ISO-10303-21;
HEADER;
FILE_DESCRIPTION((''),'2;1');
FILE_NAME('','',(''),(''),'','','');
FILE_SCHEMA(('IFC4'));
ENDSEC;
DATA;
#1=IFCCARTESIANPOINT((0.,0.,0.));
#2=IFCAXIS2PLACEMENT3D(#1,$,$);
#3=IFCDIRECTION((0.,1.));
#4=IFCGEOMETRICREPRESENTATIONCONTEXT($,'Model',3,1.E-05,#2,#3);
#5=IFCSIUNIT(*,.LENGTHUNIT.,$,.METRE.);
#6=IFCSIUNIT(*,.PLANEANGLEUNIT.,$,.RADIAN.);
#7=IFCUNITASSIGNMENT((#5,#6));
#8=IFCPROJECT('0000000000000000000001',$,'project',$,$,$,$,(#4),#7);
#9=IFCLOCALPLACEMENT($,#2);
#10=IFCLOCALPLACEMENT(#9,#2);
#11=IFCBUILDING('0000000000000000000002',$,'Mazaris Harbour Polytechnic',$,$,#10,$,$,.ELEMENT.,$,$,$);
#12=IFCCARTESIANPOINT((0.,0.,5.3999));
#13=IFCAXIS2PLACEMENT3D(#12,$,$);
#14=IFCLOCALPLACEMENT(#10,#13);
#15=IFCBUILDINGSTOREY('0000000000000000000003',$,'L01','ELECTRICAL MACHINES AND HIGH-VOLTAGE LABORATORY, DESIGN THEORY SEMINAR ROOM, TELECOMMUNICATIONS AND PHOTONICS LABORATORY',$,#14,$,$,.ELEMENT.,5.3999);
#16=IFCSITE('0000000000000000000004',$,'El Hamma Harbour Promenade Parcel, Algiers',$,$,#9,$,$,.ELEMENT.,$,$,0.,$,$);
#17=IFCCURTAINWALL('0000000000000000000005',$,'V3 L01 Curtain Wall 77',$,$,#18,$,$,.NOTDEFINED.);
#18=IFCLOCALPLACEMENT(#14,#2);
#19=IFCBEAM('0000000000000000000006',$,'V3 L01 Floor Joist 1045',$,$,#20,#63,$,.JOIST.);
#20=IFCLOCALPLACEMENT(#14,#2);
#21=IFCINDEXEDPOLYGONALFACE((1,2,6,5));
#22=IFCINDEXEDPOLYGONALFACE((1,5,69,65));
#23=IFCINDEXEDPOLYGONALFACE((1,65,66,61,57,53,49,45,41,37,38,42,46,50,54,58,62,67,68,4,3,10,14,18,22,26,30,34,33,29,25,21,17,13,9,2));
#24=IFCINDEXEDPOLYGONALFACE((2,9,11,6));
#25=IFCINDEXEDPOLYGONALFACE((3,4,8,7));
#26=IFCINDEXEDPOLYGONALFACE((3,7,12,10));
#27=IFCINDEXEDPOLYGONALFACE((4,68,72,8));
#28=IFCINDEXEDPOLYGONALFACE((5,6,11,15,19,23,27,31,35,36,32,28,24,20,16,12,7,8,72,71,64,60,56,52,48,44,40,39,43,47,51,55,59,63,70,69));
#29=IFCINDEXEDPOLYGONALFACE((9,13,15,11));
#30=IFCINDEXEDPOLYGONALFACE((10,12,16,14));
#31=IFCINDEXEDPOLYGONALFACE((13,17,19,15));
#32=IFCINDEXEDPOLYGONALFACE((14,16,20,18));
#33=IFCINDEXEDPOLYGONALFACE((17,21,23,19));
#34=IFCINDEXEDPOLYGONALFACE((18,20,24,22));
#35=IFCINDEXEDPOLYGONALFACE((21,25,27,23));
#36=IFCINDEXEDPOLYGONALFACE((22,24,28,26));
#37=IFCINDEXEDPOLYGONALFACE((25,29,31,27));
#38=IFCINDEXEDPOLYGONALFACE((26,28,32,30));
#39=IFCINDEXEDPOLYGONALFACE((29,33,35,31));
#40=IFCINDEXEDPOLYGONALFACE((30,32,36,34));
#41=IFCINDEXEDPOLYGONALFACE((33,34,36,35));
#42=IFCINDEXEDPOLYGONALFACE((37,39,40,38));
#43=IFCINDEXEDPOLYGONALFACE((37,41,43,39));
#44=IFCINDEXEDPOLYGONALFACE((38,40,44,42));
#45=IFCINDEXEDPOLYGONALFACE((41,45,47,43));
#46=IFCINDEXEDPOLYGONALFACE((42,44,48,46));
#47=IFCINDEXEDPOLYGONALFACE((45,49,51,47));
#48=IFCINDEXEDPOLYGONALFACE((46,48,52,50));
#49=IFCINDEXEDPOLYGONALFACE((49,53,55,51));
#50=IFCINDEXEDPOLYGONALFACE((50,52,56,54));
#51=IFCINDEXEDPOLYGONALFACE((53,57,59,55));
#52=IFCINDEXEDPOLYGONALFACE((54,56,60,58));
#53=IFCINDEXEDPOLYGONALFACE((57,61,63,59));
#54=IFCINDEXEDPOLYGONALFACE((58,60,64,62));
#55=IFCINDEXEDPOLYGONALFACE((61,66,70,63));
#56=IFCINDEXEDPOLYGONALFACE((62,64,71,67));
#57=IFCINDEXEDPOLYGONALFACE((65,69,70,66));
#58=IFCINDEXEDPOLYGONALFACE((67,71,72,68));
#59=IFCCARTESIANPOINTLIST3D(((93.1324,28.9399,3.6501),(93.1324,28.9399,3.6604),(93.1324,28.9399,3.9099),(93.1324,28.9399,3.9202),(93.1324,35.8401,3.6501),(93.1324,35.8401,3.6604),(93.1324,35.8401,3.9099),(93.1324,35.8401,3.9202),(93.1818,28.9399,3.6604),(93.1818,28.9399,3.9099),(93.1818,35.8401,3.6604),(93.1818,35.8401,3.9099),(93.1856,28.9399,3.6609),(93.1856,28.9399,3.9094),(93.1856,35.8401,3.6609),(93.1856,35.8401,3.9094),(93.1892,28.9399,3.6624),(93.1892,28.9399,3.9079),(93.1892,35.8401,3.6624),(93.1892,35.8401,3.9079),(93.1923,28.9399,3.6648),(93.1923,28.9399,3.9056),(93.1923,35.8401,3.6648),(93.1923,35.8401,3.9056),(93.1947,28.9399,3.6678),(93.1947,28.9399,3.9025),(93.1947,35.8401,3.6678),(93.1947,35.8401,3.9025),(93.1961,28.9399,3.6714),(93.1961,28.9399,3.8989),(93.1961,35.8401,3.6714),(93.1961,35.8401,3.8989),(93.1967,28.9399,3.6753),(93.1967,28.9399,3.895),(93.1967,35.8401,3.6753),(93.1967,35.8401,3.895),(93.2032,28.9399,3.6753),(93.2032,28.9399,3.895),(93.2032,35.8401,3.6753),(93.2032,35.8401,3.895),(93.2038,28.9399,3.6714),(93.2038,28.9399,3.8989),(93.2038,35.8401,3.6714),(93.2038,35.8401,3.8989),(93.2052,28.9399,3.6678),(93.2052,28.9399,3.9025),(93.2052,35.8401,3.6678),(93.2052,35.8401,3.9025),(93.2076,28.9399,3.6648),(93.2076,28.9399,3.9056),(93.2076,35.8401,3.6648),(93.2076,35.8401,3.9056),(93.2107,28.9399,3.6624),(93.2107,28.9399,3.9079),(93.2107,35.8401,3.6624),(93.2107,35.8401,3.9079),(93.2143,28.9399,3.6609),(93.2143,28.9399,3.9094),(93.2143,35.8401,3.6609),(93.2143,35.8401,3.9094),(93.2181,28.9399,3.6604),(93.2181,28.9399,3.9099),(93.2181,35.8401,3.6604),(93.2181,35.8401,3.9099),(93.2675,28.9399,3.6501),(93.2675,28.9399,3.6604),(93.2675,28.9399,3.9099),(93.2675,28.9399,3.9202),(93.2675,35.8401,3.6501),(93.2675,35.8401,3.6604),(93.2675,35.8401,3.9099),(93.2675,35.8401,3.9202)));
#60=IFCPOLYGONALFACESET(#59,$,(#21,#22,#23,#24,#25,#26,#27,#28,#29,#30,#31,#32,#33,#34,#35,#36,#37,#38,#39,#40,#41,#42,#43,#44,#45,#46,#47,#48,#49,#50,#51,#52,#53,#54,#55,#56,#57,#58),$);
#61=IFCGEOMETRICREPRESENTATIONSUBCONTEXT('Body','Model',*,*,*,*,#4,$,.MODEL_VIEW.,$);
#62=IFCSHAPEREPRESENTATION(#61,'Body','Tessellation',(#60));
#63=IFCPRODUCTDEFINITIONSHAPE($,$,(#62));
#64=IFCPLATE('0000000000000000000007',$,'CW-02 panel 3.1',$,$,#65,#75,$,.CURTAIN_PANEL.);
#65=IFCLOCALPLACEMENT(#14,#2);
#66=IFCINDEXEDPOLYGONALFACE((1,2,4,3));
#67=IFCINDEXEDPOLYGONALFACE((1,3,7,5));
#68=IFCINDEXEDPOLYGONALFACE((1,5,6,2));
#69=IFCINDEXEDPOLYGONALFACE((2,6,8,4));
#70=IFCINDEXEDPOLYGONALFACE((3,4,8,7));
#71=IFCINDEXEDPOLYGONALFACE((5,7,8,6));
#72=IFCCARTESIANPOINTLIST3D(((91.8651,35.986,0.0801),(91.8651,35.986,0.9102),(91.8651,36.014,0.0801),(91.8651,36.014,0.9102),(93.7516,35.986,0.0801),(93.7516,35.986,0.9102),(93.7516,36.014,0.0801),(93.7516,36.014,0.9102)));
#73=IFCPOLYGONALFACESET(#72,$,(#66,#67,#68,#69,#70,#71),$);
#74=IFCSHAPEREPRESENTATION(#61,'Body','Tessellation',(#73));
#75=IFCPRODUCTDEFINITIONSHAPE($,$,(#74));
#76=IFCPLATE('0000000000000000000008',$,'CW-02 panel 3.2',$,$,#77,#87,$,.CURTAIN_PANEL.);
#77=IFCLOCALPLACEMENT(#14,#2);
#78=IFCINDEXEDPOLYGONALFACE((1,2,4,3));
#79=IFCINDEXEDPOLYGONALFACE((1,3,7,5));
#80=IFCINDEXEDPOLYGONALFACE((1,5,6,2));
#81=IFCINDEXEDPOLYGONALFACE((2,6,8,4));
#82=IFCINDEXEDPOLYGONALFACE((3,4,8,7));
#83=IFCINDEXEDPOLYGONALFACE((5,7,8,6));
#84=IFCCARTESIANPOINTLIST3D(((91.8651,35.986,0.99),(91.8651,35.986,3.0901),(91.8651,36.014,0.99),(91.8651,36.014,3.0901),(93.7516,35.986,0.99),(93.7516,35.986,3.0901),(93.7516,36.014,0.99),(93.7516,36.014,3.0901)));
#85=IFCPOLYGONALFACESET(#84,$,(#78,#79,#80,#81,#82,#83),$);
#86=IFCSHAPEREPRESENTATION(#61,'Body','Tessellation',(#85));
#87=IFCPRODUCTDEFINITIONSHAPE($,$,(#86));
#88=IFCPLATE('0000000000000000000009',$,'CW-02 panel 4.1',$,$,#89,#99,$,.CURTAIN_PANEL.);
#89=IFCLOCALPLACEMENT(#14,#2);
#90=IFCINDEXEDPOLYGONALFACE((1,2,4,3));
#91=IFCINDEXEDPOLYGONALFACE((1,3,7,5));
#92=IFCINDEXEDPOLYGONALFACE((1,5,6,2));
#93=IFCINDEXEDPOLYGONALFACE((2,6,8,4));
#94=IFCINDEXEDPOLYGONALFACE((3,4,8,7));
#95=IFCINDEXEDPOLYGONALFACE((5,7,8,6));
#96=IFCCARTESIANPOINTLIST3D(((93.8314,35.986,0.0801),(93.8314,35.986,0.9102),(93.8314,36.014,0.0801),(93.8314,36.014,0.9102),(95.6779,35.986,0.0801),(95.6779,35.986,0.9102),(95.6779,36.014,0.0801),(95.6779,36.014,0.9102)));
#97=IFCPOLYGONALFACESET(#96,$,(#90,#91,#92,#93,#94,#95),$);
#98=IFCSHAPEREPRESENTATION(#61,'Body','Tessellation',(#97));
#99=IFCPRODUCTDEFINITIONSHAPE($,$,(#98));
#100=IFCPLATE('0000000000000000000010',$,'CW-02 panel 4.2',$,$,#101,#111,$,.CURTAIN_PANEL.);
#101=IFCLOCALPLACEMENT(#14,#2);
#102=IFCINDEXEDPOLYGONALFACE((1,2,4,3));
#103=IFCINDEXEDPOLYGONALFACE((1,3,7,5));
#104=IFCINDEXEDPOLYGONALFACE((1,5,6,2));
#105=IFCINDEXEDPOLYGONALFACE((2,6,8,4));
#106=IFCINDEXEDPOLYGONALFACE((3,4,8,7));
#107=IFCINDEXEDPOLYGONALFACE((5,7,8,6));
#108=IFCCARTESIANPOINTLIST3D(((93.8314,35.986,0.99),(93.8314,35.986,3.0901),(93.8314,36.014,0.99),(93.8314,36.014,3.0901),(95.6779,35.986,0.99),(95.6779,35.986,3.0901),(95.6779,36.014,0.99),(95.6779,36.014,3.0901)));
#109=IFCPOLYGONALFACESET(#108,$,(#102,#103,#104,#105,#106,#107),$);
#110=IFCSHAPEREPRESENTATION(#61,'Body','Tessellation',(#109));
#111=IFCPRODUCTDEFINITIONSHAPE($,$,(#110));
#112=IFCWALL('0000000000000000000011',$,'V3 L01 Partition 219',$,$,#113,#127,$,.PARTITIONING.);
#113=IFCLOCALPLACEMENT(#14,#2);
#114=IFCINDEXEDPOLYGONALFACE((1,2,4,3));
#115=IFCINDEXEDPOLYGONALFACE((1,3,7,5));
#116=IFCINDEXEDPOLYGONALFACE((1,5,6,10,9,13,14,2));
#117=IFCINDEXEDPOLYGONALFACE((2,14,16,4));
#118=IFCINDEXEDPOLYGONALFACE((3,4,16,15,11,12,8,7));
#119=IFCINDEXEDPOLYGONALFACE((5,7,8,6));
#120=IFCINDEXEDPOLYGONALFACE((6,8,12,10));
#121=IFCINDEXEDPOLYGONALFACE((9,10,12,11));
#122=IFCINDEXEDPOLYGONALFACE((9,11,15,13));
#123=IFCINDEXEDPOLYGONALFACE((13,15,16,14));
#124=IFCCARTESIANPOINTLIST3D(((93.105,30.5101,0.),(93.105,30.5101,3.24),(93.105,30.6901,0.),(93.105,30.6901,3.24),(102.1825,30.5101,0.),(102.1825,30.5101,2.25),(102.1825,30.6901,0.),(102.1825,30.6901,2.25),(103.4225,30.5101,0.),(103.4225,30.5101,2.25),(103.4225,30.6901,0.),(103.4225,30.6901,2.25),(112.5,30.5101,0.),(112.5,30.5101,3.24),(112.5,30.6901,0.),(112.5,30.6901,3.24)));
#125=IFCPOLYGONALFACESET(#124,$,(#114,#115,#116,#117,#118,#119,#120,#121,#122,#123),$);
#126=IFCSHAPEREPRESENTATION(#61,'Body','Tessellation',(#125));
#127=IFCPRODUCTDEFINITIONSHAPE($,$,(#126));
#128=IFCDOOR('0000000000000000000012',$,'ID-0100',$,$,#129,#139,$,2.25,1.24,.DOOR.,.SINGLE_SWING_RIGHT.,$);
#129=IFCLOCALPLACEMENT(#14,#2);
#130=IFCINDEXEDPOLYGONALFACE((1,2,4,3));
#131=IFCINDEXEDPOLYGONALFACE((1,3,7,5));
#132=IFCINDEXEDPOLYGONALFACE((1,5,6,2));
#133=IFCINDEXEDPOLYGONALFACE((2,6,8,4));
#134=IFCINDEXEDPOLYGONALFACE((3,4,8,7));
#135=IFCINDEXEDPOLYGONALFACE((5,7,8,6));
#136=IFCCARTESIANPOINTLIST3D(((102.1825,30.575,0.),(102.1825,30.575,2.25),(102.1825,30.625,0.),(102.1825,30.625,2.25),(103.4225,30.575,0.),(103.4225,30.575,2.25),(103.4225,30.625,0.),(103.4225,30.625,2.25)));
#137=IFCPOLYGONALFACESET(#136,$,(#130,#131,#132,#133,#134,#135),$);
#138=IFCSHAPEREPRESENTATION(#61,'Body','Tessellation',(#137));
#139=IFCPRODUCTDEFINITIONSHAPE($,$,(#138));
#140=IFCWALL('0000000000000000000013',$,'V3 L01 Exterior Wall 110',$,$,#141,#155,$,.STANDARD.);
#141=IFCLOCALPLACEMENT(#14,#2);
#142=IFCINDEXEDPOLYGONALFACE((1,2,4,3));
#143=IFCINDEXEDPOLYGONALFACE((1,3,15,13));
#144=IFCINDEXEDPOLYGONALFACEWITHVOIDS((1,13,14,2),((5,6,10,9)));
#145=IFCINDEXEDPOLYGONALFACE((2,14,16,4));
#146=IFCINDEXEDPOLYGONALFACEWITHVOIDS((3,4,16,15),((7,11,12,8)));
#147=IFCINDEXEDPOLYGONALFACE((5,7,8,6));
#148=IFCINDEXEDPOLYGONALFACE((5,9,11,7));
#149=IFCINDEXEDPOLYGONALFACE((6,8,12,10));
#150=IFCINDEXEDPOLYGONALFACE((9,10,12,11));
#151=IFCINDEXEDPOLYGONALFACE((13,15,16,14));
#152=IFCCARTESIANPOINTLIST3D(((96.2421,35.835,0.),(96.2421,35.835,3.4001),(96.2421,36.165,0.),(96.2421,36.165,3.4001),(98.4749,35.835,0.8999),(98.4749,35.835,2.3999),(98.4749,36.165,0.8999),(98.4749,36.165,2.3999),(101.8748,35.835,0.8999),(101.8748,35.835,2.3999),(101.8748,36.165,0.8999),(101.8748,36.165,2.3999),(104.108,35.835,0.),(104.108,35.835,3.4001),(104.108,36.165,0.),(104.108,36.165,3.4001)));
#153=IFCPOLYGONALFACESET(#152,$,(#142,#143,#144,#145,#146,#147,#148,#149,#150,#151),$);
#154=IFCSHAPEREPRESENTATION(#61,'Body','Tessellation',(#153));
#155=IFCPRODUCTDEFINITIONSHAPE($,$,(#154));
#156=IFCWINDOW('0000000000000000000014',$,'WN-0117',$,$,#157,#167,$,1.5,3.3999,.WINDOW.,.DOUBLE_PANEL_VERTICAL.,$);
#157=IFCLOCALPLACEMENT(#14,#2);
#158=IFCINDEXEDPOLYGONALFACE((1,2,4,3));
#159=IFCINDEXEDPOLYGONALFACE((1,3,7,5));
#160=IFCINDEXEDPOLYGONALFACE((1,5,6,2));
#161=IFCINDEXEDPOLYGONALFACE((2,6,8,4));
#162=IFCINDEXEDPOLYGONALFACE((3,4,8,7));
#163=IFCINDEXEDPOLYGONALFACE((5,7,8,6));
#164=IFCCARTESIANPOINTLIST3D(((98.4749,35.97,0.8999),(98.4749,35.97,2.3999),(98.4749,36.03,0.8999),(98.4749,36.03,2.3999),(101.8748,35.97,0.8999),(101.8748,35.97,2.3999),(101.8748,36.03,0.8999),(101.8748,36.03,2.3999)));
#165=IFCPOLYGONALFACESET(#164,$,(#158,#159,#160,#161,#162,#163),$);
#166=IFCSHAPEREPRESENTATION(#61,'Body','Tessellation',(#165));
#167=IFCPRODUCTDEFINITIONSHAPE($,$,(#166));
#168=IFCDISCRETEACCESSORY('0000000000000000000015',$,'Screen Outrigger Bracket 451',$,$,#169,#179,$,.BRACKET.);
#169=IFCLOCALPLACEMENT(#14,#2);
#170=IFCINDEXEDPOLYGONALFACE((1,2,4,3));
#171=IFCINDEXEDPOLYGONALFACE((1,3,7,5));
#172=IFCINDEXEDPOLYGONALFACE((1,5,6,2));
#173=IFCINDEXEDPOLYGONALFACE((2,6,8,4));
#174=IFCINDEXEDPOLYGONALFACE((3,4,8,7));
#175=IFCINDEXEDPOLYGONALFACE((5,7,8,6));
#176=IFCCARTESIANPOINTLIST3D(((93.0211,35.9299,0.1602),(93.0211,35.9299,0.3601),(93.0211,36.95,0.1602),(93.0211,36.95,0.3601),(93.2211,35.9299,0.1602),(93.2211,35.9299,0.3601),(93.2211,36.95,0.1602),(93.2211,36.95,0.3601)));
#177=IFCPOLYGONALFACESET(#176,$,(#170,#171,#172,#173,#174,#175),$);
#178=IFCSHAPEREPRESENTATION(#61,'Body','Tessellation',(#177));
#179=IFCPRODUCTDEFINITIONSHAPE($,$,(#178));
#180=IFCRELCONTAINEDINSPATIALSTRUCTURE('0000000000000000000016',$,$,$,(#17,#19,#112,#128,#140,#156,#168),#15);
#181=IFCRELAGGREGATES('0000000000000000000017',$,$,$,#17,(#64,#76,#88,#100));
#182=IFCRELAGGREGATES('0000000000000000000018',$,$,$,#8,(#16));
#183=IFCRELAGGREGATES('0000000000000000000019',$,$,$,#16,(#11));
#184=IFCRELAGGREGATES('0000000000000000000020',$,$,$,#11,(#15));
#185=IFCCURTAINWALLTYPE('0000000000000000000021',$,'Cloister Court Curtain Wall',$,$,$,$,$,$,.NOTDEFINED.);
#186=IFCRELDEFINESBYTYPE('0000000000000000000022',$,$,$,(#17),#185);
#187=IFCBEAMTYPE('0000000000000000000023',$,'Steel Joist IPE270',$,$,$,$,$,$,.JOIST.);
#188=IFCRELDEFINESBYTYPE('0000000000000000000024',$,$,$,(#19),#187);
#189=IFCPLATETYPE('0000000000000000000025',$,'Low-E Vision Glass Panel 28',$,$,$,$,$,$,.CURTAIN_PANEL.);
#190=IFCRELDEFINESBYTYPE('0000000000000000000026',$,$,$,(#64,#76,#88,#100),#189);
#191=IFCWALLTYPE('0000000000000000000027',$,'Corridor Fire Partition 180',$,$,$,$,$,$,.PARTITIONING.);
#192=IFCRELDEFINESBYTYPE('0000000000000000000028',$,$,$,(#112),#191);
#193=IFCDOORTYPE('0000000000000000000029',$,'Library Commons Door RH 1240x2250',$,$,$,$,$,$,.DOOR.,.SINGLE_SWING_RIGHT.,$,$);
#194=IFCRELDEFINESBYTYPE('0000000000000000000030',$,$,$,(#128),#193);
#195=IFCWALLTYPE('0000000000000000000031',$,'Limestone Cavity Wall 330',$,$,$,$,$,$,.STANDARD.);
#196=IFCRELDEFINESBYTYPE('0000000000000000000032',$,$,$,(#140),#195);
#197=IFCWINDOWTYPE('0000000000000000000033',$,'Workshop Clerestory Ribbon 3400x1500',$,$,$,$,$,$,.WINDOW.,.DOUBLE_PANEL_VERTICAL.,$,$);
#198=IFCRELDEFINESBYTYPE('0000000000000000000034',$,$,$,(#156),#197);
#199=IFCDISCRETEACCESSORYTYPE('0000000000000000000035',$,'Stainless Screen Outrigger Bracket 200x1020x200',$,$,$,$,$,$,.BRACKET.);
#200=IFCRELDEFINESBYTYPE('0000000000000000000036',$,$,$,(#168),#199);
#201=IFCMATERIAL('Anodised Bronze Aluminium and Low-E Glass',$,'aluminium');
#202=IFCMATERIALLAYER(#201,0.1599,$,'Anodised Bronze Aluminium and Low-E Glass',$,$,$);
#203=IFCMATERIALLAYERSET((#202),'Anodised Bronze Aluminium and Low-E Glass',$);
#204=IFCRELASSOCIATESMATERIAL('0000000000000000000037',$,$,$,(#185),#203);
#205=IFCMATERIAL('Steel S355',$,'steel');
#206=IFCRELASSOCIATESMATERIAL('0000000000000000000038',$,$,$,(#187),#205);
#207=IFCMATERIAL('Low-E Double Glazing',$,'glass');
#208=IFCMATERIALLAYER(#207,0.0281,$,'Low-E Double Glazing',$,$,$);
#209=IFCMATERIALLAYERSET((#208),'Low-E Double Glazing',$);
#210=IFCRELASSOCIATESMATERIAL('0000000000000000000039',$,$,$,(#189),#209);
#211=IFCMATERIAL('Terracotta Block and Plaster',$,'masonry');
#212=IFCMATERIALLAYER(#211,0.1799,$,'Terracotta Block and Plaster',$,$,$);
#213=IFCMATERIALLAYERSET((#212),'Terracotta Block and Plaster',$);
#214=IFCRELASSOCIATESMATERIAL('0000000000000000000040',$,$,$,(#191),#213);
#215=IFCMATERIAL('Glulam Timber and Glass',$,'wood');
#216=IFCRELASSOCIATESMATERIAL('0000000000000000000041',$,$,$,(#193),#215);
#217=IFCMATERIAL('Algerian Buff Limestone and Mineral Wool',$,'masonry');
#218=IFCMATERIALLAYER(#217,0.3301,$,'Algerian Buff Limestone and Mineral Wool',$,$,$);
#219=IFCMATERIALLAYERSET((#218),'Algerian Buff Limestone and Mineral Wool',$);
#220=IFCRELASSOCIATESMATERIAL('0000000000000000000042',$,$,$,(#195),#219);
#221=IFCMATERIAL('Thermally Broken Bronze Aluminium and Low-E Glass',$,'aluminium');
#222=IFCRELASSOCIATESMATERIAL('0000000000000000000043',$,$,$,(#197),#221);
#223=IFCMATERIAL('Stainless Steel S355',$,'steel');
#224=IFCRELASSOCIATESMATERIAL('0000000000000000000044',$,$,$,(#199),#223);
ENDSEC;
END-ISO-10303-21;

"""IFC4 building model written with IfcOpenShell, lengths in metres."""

from ifc_helpers import new_model, si_unit, direction, frame, frame_2d, origin, origin_2d, place, context, subcontext, project, spatial, rectangle, i_section, extrude, material, layer, layer_set, material_profile, profile_set, type_object, element, fill, aggregate, save


model = new_model("IFC4")

# Units and contexts
model_context = context("Model", 3, precision=1e-05, world=origin(), true_north=direction((0.0, 1.0)))
body_context = subcontext(model_context, "Body", "Model", "MODEL_VIEW")
ifc_project = project(units=[si_unit("LENGTHUNIT", "METRE"), si_unit("PLANEANGLEUNIT", "RADIAN")], contexts=[model_context])

# Site, building, storey
site_placement = place(None, origin())
site = spatial("IfcSite", under=ifc_project, at=site_placement, Name="El Hamma Harbour Promenade Parcel, Algiers", CompositionType="ELEMENT", RefElevation=0.0)
building_placement = place(site_placement, origin())
building = spatial("IfcBuilding", under=site, at=building_placement, Name="Mazaris Harbour Polytechnic", CompositionType="ELEMENT")
storey_placement = place(building_placement, frame((0.0, 0.0, 5.3999)))
storey = spatial("IfcBuildingStorey", under=building, at=storey_placement, Name="L01", Description="ELECTRICAL MACHINES AND HIGH-VOLTAGE LABORATORY, DESIGN THEORY SEMINAR ROOM, TELECOMMUNICATIONS AND PHOTONICS LABORATORY", CompositionType="ELEMENT", Elevation=5.3999)

# Curtain wall
ifc_material_1 = material(Name="Anodised Bronze Aluminium and Low-E Glass", Category="aluminium")
ifc_layer_1 = layer(ifc_material_1, 0.1599, Name="Anodised Bronze Aluminium and Low-E Glass")
ifc_layer_set_1 = layer_set([ifc_layer_1], Name="Anodised Bronze Aluminium and Low-E Glass")
curtain_wall_type = type_object("IfcCurtainWallType", Name="Cloister Court Curtain Wall", PredefinedType="NOTDEFINED", material=ifc_layer_set_1)
curtain_wall_placement = place(storey_placement, origin())
curtain_wall = element("IfcCurtainWall", 1, at=curtain_wall_placement, inside=storey, type_object=curtain_wall_type, Name="V3 L01 Curtain Wall 77", PredefinedType="NOTDEFINED")

# Beam
ifc_material_2 = material(Name="Steel S355", Category="steel")
ifc_material_profile_1 = material_profile(ifc_material_2, i_section(OverallWidth=0.135, OverallDepth=0.27, WebThickness=0.0066, FlangeThickness=0.0103, FilletRadius=0.0149, at=origin_2d()), Name="IPE 270")
ifc_profile_set_1 = profile_set([ifc_material_profile_1], Name="Steel S355")
beam_type_1 = type_object("IfcBeamType", Name="Steel Joist IPE270", PredefinedType="JOIST", material=ifc_profile_set_1)
beam_1_placement = place(storey_placement, frame((93.2, 28.9399, 3.7852), z_axis=(0.0, 1.0, 0.0), x_axis=(-1.0, 0.0, 0.0)))
element("IfcBeam", 2, at=beam_1_placement, inside=storey, type_object=beam_type_1, Name="V3 L01 Floor Joist 1045", PredefinedType="JOIST", context=body_context, shape_type="SweptSolid", body=[
    extrude(i_section(OverallWidth=0.135, OverallDepth=0.27, WebThickness=0.0066, FlangeThickness=0.0103, FilletRadius=0.0149, at=origin_2d()), origin(), (0.0, 0.0, 1.0), 6.9001),
])

# Plates
ifc_material_3 = material(Name="Low-E Double Glazing", Category="glass")
ifc_layer_2 = layer(ifc_material_3, 0.0281, Name="Low-E Double Glazing")
ifc_layer_set_2 = layer_set([ifc_layer_2], Name="Low-E Double Glazing")
plate_type = type_object("IfcPlateType", Name="Low-E Vision Glass Panel 28", PredefinedType="CURTAIN_PANEL", material=ifc_layer_set_2)
plate_1_placement = place(storey_placement, frame((92.8083, 36.0, 0.0801), z_axis=(0.0, 0.0, 1.0), x_axis=(1.0, 0.0, 0.0)))
plate_1 = element("IfcPlate", 3, at=plate_1_placement, type_object=plate_type, Name="CW-02 panel 3.1", PredefinedType="CURTAIN_PANEL", context=body_context, shape_type="SweptSolid", body=[
    extrude(rectangle(XDim=1.8865, YDim=0.0281, at=origin_2d()), origin(), (0.0, 0.0, 1.0), 0.8301),
])
plate_2_placement = place(storey_placement, frame((92.8083, 36.0, 0.99), z_axis=(0.0, 0.0, 1.0), x_axis=(1.0, 0.0, 0.0)))
plate_2 = element("IfcPlate", 4, at=plate_2_placement, type_object=plate_type, Name="CW-02 panel 3.2", PredefinedType="CURTAIN_PANEL", context=body_context, shape_type="SweptSolid", body=[
    extrude(rectangle(XDim=1.8865, YDim=0.0281, at=origin_2d()), origin(), (0.0, 0.0, 1.0), 2.1001),
])
plate_3_placement = place(storey_placement, frame((94.7546, 36.0, 0.0801), z_axis=(0.0, 0.0, 1.0), x_axis=(1.0, 0.0, 0.0)))
plate_3 = element("IfcPlate", 5, at=plate_3_placement, type_object=plate_type, Name="CW-02 panel 4.1", PredefinedType="CURTAIN_PANEL", context=body_context, shape_type="SweptSolid", body=[
    extrude(rectangle(XDim=1.8464, YDim=0.0281, at=origin_2d()), origin(), (0.0, 0.0, 1.0), 0.8301),
])
plate_4_placement = place(storey_placement, frame((94.7546, 36.0, 0.99), z_axis=(0.0, 0.0, 1.0), x_axis=(1.0, 0.0, 0.0)))
plate_4 = element("IfcPlate", 6, at=plate_4_placement, type_object=plate_type, Name="CW-02 panel 4.2", PredefinedType="CURTAIN_PANEL", context=body_context, shape_type="SweptSolid", body=[
    extrude(rectangle(XDim=1.8464, YDim=0.0281, at=origin_2d()), origin(), (0.0, 0.0, 1.0), 2.1001),
])
aggregate(curtain_wall, [plate_1, plate_2, plate_3, plate_4])

# Wall, opening, door
ifc_material_4 = material(Name="Terracotta Block and Plaster", Category="masonry")
ifc_layer_3 = layer(ifc_material_4, 0.1799, Name="Terracotta Block and Plaster")
ifc_layer_set_3 = layer_set([ifc_layer_3], Name="Terracotta Block and Plaster")
wall_type_1 = type_object("IfcWallType", Name="Corridor Fire Partition 180", PredefinedType="PARTITIONING", material=ifc_layer_set_3)
wall_1_placement = place(storey_placement, frame((93.105, 30.6001, 0.0), z_axis=(0.0, 0.0, 1.0), x_axis=(1.0, 0.0, 0.0)))
wall_1 = element("IfcWall", 7, at=wall_1_placement, inside=storey, type_object=wall_type_1, Name="V3 L01 Partition 219", PredefinedType="PARTITIONING", context=body_context, shape_type="SweptSolid", body=[
    extrude(rectangle(XDim=19.395, YDim=0.1799, at=frame_2d((9.6975, 0.0))), origin(), (0.0, 0.0, 1.0), 3.24),
])
opening_1_placement = place(wall_1_placement, frame((9.0774, 0.0, 0.0)))
opening_1 = element("IfcOpeningElement", 8, at=opening_1_placement, cuts=wall_1, PredefinedType="OPENING", context=body_context, shape_type="SweptSolid", body=[
    extrude(rectangle(XDim=1.24, YDim=2.25, at=frame_2d((0.6201, 1.125))), frame((0.0, 0.0999, 0.0), z_axis=(0.0, -1.0, 0.0), x_axis=(1.0, 0.0, 0.0)), (0.0, 0.0, 1.0), 0.2),
])
ifc_material_5 = material(Name="Glulam Timber and Glass", Category="wood")
door_type = type_object("IfcDoorType", Name="Library Commons Door RH 1240x2250", OperationType="SINGLE_SWING_RIGHT", PredefinedType="DOOR", material=ifc_material_5)
door_placement = place(opening_1_placement, origin())
door = element("IfcDoor", 9, at=door_placement, inside=storey, type_object=door_type, Name="ID-0100", OperationType="SINGLE_SWING_RIGHT", OverallHeight=2.25, OverallWidth=1.24, PredefinedType="DOOR", context=body_context, shape_type="SweptSolid", body=[
    extrude(rectangle(XDim=1.24, YDim=2.25, at=frame_2d((0.6201, 1.125))), frame((0.0, 0.0249, 0.0), z_axis=(0.0, -1.0, 0.0), x_axis=(1.0, 0.0, 0.0)), (0.0, 0.0, 1.0), 0.05),
])
fill(opening_1, door)

# Wall, opening, window
ifc_material_6 = material(Name="Algerian Buff Limestone and Mineral Wool", Category="masonry")
ifc_layer_4 = layer(ifc_material_6, 0.3301, Name="Algerian Buff Limestone and Mineral Wool")
ifc_layer_set_4 = layer_set([ifc_layer_4], Name="Algerian Buff Limestone and Mineral Wool")
wall_type_2 = type_object("IfcWallType", Name="Limestone Cavity Wall 330", PredefinedType="STANDARD", material=ifc_layer_set_4)
wall_2_placement = place(storey_placement, frame((96.2419, 36.0, 0.0), z_axis=(0.0, 0.0, 1.0), x_axis=(1.0, 0.0, 0.0)))
wall_2 = element("IfcWall", 10, at=wall_2_placement, inside=storey, type_object=wall_type_2, Name="V3 L01 Exterior Wall 110", PredefinedType="STANDARD", context=body_context, shape_type="SweptSolid", body=[
    extrude(rectangle(XDim=7.866, YDim=0.3301, at=frame_2d((3.9331, 0.0))), origin(), (0.0, 0.0, 1.0), 3.4001),
])
opening_2_placement = place(wall_2_placement, frame((2.2329, 0.0, 0.8999)))
opening_2 = element("IfcOpeningElement", 11, at=opening_2_placement, cuts=wall_2, PredefinedType="OPENING", context=body_context, shape_type="SweptSolid", body=[
    extrude(rectangle(XDim=3.3999, YDim=1.5, at=frame_2d((1.7, 0.75))), frame((0.0, 0.175, 0.0), z_axis=(0.0, -1.0, 0.0), x_axis=(1.0, 0.0, 0.0)), (0.0, 0.0, 1.0), 0.3501),
])
ifc_material_7 = material(Name="Thermally Broken Bronze Aluminium and Low-E Glass", Category="aluminium")
window_type = type_object("IfcWindowType", Name="Workshop Clerestory Ribbon 3400x1500", PartitioningType="DOUBLE_PANEL_VERTICAL", PredefinedType="WINDOW", material=ifc_material_7)
window_placement = place(opening_2_placement, origin())
window = element("IfcWindow", 12, at=window_placement, inside=storey, type_object=window_type, Name="WN-0117", OverallHeight=1.5, OverallWidth=3.3999, PartitioningType="DOUBLE_PANEL_VERTICAL", PredefinedType="WINDOW", context=body_context, shape_type="SweptSolid", body=[
    extrude(rectangle(XDim=3.3999, YDim=1.5, at=frame_2d((1.7, 0.75))), frame((0.0, 0.03, 0.0), z_axis=(0.0, -1.0, 0.0), x_axis=(1.0, 0.0, 0.0)), (0.0, 0.0, 1.0), 0.0601),
])
fill(opening_2, window)

# Discrete accessory
ifc_material_8 = material(Name="Stainless Steel S355", Category="steel")
discrete_accessory_type = type_object("IfcDiscreteAccessoryType", Name="Stainless Screen Outrigger Bracket 200x1020x200", PredefinedType="BRACKET", material=ifc_material_8)
for number, where, z_axis, x_axis, name in (
    (13, (93.1211, 36.4399, 0.1602), (0.0, 0.0, 1.0), (1.0, 0.0, 0.0), "Screen Outrigger Bracket 451"),
):
    element("IfcDiscreteAccessory", number, at=place(storey_placement, frame(where, z_axis=z_axis, x_axis=x_axis)), inside=storey, type_object=discrete_accessory_type, Name=name, PredefinedType="BRACKET", context=body_context, shape_type="SweptSolid", body=[
        extrude(rectangle(XDim=0.2, YDim=1.02, at=origin_2d()), origin(), (0.0, 0.0, 1.0), 0.2),
    ])

save(model, "model.ifc")
